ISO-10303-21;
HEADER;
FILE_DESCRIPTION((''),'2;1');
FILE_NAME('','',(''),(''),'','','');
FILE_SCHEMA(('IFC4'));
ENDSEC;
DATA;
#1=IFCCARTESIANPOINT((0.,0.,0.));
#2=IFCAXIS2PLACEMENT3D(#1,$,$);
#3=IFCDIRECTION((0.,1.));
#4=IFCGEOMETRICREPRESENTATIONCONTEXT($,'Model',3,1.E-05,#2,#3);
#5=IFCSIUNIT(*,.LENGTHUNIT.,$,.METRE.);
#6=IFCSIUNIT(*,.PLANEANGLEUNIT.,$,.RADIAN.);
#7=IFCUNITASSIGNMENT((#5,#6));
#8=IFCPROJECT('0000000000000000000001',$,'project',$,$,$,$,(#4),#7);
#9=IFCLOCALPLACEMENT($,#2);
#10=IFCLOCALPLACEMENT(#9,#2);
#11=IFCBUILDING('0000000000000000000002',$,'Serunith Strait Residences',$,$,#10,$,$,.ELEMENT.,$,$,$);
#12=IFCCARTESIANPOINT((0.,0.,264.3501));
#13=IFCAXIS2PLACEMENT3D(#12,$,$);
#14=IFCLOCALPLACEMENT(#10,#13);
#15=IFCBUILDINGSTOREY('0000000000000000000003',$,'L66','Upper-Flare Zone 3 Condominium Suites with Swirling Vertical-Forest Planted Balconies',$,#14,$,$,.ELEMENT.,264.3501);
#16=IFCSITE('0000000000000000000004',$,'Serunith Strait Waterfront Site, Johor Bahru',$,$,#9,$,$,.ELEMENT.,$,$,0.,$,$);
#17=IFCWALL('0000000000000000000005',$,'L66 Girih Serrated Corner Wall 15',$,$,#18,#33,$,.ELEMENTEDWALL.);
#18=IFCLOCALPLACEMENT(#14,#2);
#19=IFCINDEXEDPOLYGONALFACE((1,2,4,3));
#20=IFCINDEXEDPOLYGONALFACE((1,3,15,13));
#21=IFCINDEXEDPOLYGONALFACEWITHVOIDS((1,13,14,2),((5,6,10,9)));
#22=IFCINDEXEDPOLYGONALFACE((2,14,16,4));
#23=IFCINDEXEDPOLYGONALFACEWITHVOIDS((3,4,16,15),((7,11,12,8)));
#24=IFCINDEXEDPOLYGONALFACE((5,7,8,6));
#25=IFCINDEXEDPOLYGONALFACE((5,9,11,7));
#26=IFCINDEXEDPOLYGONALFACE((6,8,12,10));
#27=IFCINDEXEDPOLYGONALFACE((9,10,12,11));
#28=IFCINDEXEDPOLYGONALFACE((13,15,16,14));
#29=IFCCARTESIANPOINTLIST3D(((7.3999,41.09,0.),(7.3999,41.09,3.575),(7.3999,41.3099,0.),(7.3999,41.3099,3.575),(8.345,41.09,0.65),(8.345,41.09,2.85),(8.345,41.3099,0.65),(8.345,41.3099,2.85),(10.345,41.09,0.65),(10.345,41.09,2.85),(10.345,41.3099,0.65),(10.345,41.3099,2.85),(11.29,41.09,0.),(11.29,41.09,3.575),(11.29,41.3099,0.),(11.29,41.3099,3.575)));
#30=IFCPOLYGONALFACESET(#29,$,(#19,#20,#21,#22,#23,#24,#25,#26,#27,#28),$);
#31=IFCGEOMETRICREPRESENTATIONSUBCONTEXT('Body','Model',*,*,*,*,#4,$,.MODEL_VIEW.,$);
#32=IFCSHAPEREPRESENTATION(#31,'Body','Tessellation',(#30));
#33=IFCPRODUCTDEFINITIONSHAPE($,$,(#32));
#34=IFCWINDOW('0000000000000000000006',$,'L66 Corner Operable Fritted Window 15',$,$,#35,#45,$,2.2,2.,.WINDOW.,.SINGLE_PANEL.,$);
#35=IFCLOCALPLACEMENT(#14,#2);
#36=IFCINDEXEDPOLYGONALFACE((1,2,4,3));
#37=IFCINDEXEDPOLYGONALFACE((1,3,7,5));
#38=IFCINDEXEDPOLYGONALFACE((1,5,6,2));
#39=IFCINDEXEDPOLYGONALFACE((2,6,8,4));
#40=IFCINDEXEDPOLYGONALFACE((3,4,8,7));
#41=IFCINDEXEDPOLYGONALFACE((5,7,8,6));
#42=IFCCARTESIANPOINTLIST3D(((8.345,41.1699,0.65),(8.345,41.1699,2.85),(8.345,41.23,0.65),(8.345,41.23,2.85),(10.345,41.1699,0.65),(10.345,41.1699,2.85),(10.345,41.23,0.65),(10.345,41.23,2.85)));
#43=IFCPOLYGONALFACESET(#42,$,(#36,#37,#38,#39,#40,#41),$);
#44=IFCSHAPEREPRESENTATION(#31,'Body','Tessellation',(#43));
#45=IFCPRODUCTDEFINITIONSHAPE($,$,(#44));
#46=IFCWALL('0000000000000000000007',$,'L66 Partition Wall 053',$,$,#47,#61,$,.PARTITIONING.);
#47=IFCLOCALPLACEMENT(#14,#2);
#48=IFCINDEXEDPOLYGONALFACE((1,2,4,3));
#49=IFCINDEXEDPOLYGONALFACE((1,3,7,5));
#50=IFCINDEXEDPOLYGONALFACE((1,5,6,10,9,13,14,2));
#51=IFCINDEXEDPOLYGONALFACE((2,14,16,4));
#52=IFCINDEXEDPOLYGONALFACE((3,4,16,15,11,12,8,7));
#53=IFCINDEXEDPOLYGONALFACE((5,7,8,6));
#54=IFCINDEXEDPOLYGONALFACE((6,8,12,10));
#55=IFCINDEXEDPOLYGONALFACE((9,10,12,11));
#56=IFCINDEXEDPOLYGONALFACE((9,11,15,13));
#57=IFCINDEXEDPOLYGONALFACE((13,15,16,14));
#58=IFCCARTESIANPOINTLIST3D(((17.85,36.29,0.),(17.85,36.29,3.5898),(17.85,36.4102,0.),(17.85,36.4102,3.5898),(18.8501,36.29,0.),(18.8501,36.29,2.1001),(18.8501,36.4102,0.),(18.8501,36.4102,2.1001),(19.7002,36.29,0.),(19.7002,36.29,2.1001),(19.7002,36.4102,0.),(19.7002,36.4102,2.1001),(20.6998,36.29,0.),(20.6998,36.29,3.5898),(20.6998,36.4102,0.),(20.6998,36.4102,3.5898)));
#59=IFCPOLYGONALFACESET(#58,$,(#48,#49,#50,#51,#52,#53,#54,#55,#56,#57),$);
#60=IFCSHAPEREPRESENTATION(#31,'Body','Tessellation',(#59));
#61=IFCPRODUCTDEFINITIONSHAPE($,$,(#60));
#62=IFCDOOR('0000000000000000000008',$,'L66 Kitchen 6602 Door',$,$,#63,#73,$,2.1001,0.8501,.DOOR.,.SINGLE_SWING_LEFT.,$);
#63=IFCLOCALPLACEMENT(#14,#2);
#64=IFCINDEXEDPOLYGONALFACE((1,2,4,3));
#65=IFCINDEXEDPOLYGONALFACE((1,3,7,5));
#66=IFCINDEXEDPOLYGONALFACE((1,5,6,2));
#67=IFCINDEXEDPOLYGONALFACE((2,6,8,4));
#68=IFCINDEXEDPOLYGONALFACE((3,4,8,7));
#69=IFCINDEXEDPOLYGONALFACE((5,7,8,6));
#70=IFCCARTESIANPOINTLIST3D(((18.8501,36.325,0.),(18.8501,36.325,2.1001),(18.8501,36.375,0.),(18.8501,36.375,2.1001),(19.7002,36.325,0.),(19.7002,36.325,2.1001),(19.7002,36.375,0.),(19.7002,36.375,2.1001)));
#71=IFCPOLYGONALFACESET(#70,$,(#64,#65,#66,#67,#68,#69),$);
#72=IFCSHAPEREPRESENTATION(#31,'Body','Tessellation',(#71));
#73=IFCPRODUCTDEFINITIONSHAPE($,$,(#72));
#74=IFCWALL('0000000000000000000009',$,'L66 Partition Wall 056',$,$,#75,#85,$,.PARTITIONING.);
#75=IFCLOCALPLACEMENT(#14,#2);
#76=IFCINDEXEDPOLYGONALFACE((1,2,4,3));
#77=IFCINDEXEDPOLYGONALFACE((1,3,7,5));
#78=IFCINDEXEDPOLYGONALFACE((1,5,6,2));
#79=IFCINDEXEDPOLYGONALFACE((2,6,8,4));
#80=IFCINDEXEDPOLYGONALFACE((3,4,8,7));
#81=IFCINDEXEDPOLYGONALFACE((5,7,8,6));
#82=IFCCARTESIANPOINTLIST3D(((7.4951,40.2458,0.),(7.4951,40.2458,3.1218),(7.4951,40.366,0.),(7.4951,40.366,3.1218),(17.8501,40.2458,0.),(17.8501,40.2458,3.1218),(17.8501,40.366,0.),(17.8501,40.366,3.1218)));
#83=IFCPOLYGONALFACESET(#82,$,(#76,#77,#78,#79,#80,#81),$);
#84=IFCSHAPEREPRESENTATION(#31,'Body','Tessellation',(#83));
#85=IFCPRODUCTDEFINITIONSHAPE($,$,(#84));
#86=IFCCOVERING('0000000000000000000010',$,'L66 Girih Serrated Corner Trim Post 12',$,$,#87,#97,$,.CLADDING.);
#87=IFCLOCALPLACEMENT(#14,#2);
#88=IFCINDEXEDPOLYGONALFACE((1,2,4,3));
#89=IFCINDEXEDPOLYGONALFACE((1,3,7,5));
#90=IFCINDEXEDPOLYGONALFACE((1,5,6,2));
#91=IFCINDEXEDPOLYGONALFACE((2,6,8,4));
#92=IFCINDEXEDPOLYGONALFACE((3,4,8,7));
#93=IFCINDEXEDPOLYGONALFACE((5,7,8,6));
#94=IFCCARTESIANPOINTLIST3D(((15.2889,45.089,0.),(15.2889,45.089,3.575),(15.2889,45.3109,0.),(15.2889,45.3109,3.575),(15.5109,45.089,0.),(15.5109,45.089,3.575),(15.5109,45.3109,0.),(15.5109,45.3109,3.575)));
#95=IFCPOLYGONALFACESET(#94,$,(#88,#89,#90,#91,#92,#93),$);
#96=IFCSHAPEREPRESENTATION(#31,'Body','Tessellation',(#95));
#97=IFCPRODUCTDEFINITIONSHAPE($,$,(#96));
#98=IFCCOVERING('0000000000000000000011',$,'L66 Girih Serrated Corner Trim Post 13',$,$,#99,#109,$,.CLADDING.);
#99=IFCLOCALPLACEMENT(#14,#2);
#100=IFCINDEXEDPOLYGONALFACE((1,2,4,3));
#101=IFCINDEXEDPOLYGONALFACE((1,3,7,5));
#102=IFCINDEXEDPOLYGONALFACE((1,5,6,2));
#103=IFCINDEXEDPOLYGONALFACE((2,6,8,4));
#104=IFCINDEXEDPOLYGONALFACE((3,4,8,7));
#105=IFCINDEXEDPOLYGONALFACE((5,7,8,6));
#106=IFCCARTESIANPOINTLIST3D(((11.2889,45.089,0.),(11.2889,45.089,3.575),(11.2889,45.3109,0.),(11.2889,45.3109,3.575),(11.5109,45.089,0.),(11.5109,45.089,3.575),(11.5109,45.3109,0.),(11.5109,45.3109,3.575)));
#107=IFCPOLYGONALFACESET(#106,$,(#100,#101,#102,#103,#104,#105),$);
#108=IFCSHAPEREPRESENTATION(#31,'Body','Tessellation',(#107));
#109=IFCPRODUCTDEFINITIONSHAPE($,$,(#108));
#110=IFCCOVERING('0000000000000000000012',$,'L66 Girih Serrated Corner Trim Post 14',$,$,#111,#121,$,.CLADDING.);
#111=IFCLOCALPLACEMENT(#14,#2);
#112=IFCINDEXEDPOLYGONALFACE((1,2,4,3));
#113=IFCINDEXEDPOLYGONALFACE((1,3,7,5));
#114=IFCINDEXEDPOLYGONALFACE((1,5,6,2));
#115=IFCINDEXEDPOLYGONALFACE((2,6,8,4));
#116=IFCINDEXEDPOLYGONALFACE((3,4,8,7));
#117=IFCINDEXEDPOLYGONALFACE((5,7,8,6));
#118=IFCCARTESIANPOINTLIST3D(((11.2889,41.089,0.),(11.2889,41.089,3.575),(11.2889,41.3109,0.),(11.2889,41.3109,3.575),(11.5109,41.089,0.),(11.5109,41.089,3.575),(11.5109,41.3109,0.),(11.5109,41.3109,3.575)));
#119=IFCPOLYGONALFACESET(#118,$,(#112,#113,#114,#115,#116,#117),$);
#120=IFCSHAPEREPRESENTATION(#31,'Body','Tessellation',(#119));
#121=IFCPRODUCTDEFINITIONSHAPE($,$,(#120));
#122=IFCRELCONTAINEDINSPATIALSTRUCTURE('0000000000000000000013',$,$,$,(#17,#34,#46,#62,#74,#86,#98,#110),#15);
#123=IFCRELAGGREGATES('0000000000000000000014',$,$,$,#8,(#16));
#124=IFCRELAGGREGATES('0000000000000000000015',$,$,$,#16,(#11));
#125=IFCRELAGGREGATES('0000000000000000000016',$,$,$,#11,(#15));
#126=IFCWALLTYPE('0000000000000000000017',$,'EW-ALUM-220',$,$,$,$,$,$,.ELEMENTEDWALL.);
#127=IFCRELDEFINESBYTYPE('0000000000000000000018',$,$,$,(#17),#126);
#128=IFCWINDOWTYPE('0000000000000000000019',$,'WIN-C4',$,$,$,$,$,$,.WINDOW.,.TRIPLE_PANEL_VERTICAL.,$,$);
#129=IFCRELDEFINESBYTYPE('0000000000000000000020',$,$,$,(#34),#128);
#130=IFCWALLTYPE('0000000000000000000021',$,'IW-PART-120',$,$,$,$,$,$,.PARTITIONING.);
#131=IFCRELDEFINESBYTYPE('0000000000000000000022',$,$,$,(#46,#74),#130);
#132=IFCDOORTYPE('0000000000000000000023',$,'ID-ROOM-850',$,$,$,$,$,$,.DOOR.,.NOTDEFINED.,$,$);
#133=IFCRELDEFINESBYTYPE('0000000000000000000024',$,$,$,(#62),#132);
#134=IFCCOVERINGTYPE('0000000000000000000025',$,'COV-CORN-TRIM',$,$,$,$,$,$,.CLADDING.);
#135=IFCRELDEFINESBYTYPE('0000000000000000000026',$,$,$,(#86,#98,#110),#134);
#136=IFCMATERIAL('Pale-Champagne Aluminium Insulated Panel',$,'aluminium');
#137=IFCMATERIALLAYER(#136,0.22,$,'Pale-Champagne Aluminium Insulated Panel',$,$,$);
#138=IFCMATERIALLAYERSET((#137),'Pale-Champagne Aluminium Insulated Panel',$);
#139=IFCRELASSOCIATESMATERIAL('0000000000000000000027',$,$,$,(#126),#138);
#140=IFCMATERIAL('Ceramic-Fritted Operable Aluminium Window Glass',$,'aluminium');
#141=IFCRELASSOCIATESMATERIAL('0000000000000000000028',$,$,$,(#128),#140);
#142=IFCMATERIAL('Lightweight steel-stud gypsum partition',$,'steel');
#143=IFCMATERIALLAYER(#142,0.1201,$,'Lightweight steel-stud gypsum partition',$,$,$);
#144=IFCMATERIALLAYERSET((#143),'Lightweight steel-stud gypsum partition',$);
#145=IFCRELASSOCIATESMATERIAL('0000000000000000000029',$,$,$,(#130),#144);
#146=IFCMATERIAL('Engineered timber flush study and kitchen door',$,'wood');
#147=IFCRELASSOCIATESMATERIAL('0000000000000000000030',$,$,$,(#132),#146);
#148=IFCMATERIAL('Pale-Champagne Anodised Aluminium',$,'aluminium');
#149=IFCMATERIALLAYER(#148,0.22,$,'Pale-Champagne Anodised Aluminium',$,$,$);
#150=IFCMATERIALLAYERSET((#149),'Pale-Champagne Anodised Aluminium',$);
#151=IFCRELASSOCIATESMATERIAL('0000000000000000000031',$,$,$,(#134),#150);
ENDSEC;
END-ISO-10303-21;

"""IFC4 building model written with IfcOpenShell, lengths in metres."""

from ifc_helpers import new_model, si_unit, direction, frame, frame_2d, origin, origin_2d, place, context, subcontext, project, spatial, rectangle, extrude, source, transform, mapped, material, layer, layer_set, type_object, element, fill, save


model = new_model("IFC4")

# Units and contexts
model_context = context("Model", 3, precision=1e-05, world=origin(), true_north=direction((0.0, 1.0)))
body_context = subcontext(model_context, "Body", "Model", "MODEL_VIEW")
ifc_project = project(units=[si_unit("LENGTHUNIT", "METRE"), si_unit("PLANEANGLEUNIT", "RADIAN")], contexts=[model_context])

# Site, building, storey
site_placement = place(None, origin())
site = spatial("IfcSite", under=ifc_project, at=site_placement, Name="Serunith Strait Waterfront Site, Johor Bahru", CompositionType="ELEMENT", RefElevation=0.0)
building_placement = place(site_placement, origin())
building = spatial("IfcBuilding", under=site, at=building_placement, Name="Serunith Strait Residences", CompositionType="ELEMENT")
storey_placement = place(building_placement, frame((0.0, 0.0, 264.3501)))
storey = spatial("IfcBuildingStorey", under=building, at=storey_placement, Name="L66", Description="Upper-Flare Zone 3 Condominium Suites with Swirling Vertical-Forest Planted Balconies", CompositionType="ELEMENT", Elevation=264.3501)

# Shared definitions
ifc_material_1 = material(Name="Pale-Champagne Anodised Aluminium", Category="aluminium")

# Wall, opening, window
ifc_material_2 = material(Name="Pale-Champagne Aluminium Insulated Panel", Category="aluminium")
ifc_layer_1 = layer(ifc_material_2, 0.22, Name="Pale-Champagne Aluminium Insulated Panel")
ifc_layer_set_1 = layer_set([ifc_layer_1], Name="Pale-Champagne Aluminium Insulated Panel")
wall_type_1 = type_object("IfcWallType", Name="EW-ALUM-220", PredefinedType="ELEMENTEDWALL", material=ifc_layer_set_1)
ifc_material_3 = material(Name="Ceramic-Fritted Operable Aluminium Window Glass", Category="aluminium")
window_type = type_object("IfcWindowType", Name="WIN-C4", PartitioningType="TRIPLE_PANEL_VERTICAL", PredefinedType="WINDOW", material=ifc_material_3)
shared_shape_1 = source(origin(), body_context, "Body", "SweptSolid", [
    extrude(rectangle(XDim=2.0, YDim=2.2, at=frame_2d((1.0, 1.1001))), frame((0.0, 0.03, 0.0), z_axis=(0.0, -1.0, 0.0), x_axis=(1.0, 0.0, 0.0)), (0.0, 0.0, 1.0), 0.0601),
])
wall_1_placement = place(storey_placement, frame((11.29, 41.2, 0.0), z_axis=(0.0, 0.0, 1.0), x_axis=(-1.0, 0.0, 0.0)))
wall_1 = element("IfcWall", 1, at=wall_1_placement, inside=storey, type_object=wall_type_1, Name="L66 Girih Serrated Corner Wall 15", PredefinedType="ELEMENTEDWALL", context=body_context, shape_type="SweptSolid", body=[
    extrude(rectangle(XDim=3.8901, YDim=0.22, at=frame_2d((1.9451, 0.0))), origin(), (0.0, 0.0, 1.0), 3.575),
])
opening_1_placement = place(wall_1_placement, frame((0.9451, 0.0, 0.6499)))
opening_1 = element("IfcOpeningElement", 2, at=opening_1_placement, cuts=wall_1, PredefinedType="OPENING", context=body_context, shape_type="SweptSolid", body=[
    extrude(rectangle(XDim=2.0, YDim=2.2, at=frame_2d((1.0, 1.1001))), frame((0.0, 0.1201, 0.0), z_axis=(0.0, -1.0, 0.0), x_axis=(1.0, 0.0, 0.0)), (0.0, 0.0, 1.0), 0.24),
])
window_1_placement = place(opening_1_placement, origin())
window_1 = element("IfcWindow", 3, at=window_1_placement, inside=storey, type_object=window_type, Name="L66 Corner Operable Fritted Window 15", OverallHeight=2.2, OverallWidth=2.0, PartitioningType="SINGLE_PANEL", PredefinedType="WINDOW", context=body_context, shape_type="MappedRepresentation", body=[
    mapped(shared_shape_1, transform((0.0, 0.0, 0.0), scale=1.0)),
])
fill(opening_1, window_1)

# Wall, opening, door
ifc_material_4 = material(Name="Lightweight steel-stud gypsum partition", Category="steel")
ifc_layer_2 = layer(ifc_material_4, 0.1201, Name="Lightweight steel-stud gypsum partition")
ifc_layer_set_2 = layer_set([ifc_layer_2], Name="Lightweight steel-stud gypsum partition")
wall_type_2 = type_object("IfcWallType", Name="IW-PART-120", PredefinedType="PARTITIONING", material=ifc_layer_set_2)
wall_2_placement = place(storey_placement, frame((17.8501, 36.3501, 0.0), z_axis=(0.0, 0.0, 1.0), x_axis=(1.0, 0.0, 0.0)))
wall_2 = element("IfcWall", 4, at=wall_2_placement, inside=storey, type_object=wall_type_2, Name="L66 Partition Wall 053", PredefinedType="PARTITIONING", context=body_context, shape_type="SweptSolid", body=[
    extrude(rectangle(XDim=2.8499, YDim=0.1201, at=frame_2d((1.4248, 0.0))), origin(), (0.0, 0.0, 1.0), 3.5898),
])
opening_2_placement = place(wall_2_placement, frame((1.0, 0.0, 0.0)))
opening_2 = element("IfcOpeningElement", 5, at=opening_2_placement, cuts=wall_2, PredefinedType="OPENING", context=body_context, shape_type="SweptSolid", body=[
    extrude(rectangle(XDim=0.8501, YDim=2.1001, at=frame_2d((0.425, 1.05))), frame((0.0, 0.0701, 0.0), z_axis=(0.0, -1.0, 0.0), x_axis=(1.0, 0.0, 0.0)), (0.0, 0.0, 1.0), 0.1401),
])
ifc_material_5 = material(Name="Engineered timber flush study and kitchen door", Category="wood")
door_type = type_object("IfcDoorType", Name="ID-ROOM-850", OperationType="NOTDEFINED", PredefinedType="DOOR", material=ifc_material_5)
shared_shape_2 = source(origin(), body_context, "Body", "SweptSolid", [
    extrude(rectangle(XDim=0.8501, YDim=2.1001, at=frame_2d((0.425, 1.05))), frame((0.0, 0.0249, 0.0), z_axis=(0.0, -1.0, 0.0), x_axis=(1.0, 0.0, 0.0)), (0.0, 0.0, 1.0), 0.05),
])
door_placement = place(opening_2_placement, origin())
door = element("IfcDoor", 6, at=door_placement, inside=storey, type_object=door_type, Name="L66 Kitchen 6602 Door", OperationType="SINGLE_SWING_LEFT", OverallHeight=2.1001, OverallWidth=0.8501, PredefinedType="DOOR", context=body_context, shape_type="MappedRepresentation", body=[
    mapped(shared_shape_2, transform((0.0, 0.0, 0.0), scale=1.0)),
])
fill(opening_2, door)

# Wall
wall_3_placement = place(storey_placement, frame((7.4951, 40.3059, 0.0), z_axis=(0.0, 0.0, 1.0), x_axis=(1.0, 0.0, 0.0)))
element("IfcWall", 7, at=wall_3_placement, inside=storey, type_object=wall_type_2, Name="L66 Partition Wall 056", PredefinedType="PARTITIONING", context=body_context, shape_type="SweptSolid", body=[
    extrude(rectangle(XDim=10.355, YDim=0.1201, at=frame_2d((5.1775, 0.0))), origin(), (0.0, 0.0, 1.0), 3.1218),
])

# Coverings
ifc_layer_3 = layer(ifc_material_1, 0.22, Name="Pale-Champagne Anodised Aluminium")
ifc_layer_set_3 = layer_set([ifc_layer_3], Name="Pale-Champagne Anodised Aluminium")
covering_type = type_object("IfcCoveringType", Name="COV-CORN-TRIM", PredefinedType="CLADDING", material=ifc_layer_set_3)
shared_shape_3 = source(origin(), body_context, "Body", "SweptSolid", [
    extrude(rectangle(XDim=0.2219, YDim=0.2219, at=origin_2d()), origin(), (0.0, 0.0, 1.0), 3.575),
])
for number, where, z_axis, x_axis, name in (
    (8, (15.3999, 45.2, 0.0), (0.0, 0.0, 1.0), (1.0, 0.0, 0.0), "L66 Girih Serrated Corner Trim Post 12"),
    (9, (11.3999, 45.2, 0.0), (0.0, 0.0, 1.0), (1.0, 0.0, 0.0), "L66 Girih Serrated Corner Trim Post 13"),
    (10, (11.3999, 41.2, 0.0), (0.0, 0.0, 1.0), (1.0, 0.0, 0.0), "L66 Girih Serrated Corner Trim Post 14"),
):
    element("IfcCovering", number, at=place(storey_placement, frame(where, z_axis=z_axis, x_axis=x_axis)), inside=storey, type_object=covering_type, Name=name, PredefinedType="CLADDING", context=body_context, shape_type="MappedRepresentation", body=[
        mapped(shared_shape_3, transform((0.0, 0.0, 0.0), scale=1.0)),
    ])

save(model, "model.ifc")
